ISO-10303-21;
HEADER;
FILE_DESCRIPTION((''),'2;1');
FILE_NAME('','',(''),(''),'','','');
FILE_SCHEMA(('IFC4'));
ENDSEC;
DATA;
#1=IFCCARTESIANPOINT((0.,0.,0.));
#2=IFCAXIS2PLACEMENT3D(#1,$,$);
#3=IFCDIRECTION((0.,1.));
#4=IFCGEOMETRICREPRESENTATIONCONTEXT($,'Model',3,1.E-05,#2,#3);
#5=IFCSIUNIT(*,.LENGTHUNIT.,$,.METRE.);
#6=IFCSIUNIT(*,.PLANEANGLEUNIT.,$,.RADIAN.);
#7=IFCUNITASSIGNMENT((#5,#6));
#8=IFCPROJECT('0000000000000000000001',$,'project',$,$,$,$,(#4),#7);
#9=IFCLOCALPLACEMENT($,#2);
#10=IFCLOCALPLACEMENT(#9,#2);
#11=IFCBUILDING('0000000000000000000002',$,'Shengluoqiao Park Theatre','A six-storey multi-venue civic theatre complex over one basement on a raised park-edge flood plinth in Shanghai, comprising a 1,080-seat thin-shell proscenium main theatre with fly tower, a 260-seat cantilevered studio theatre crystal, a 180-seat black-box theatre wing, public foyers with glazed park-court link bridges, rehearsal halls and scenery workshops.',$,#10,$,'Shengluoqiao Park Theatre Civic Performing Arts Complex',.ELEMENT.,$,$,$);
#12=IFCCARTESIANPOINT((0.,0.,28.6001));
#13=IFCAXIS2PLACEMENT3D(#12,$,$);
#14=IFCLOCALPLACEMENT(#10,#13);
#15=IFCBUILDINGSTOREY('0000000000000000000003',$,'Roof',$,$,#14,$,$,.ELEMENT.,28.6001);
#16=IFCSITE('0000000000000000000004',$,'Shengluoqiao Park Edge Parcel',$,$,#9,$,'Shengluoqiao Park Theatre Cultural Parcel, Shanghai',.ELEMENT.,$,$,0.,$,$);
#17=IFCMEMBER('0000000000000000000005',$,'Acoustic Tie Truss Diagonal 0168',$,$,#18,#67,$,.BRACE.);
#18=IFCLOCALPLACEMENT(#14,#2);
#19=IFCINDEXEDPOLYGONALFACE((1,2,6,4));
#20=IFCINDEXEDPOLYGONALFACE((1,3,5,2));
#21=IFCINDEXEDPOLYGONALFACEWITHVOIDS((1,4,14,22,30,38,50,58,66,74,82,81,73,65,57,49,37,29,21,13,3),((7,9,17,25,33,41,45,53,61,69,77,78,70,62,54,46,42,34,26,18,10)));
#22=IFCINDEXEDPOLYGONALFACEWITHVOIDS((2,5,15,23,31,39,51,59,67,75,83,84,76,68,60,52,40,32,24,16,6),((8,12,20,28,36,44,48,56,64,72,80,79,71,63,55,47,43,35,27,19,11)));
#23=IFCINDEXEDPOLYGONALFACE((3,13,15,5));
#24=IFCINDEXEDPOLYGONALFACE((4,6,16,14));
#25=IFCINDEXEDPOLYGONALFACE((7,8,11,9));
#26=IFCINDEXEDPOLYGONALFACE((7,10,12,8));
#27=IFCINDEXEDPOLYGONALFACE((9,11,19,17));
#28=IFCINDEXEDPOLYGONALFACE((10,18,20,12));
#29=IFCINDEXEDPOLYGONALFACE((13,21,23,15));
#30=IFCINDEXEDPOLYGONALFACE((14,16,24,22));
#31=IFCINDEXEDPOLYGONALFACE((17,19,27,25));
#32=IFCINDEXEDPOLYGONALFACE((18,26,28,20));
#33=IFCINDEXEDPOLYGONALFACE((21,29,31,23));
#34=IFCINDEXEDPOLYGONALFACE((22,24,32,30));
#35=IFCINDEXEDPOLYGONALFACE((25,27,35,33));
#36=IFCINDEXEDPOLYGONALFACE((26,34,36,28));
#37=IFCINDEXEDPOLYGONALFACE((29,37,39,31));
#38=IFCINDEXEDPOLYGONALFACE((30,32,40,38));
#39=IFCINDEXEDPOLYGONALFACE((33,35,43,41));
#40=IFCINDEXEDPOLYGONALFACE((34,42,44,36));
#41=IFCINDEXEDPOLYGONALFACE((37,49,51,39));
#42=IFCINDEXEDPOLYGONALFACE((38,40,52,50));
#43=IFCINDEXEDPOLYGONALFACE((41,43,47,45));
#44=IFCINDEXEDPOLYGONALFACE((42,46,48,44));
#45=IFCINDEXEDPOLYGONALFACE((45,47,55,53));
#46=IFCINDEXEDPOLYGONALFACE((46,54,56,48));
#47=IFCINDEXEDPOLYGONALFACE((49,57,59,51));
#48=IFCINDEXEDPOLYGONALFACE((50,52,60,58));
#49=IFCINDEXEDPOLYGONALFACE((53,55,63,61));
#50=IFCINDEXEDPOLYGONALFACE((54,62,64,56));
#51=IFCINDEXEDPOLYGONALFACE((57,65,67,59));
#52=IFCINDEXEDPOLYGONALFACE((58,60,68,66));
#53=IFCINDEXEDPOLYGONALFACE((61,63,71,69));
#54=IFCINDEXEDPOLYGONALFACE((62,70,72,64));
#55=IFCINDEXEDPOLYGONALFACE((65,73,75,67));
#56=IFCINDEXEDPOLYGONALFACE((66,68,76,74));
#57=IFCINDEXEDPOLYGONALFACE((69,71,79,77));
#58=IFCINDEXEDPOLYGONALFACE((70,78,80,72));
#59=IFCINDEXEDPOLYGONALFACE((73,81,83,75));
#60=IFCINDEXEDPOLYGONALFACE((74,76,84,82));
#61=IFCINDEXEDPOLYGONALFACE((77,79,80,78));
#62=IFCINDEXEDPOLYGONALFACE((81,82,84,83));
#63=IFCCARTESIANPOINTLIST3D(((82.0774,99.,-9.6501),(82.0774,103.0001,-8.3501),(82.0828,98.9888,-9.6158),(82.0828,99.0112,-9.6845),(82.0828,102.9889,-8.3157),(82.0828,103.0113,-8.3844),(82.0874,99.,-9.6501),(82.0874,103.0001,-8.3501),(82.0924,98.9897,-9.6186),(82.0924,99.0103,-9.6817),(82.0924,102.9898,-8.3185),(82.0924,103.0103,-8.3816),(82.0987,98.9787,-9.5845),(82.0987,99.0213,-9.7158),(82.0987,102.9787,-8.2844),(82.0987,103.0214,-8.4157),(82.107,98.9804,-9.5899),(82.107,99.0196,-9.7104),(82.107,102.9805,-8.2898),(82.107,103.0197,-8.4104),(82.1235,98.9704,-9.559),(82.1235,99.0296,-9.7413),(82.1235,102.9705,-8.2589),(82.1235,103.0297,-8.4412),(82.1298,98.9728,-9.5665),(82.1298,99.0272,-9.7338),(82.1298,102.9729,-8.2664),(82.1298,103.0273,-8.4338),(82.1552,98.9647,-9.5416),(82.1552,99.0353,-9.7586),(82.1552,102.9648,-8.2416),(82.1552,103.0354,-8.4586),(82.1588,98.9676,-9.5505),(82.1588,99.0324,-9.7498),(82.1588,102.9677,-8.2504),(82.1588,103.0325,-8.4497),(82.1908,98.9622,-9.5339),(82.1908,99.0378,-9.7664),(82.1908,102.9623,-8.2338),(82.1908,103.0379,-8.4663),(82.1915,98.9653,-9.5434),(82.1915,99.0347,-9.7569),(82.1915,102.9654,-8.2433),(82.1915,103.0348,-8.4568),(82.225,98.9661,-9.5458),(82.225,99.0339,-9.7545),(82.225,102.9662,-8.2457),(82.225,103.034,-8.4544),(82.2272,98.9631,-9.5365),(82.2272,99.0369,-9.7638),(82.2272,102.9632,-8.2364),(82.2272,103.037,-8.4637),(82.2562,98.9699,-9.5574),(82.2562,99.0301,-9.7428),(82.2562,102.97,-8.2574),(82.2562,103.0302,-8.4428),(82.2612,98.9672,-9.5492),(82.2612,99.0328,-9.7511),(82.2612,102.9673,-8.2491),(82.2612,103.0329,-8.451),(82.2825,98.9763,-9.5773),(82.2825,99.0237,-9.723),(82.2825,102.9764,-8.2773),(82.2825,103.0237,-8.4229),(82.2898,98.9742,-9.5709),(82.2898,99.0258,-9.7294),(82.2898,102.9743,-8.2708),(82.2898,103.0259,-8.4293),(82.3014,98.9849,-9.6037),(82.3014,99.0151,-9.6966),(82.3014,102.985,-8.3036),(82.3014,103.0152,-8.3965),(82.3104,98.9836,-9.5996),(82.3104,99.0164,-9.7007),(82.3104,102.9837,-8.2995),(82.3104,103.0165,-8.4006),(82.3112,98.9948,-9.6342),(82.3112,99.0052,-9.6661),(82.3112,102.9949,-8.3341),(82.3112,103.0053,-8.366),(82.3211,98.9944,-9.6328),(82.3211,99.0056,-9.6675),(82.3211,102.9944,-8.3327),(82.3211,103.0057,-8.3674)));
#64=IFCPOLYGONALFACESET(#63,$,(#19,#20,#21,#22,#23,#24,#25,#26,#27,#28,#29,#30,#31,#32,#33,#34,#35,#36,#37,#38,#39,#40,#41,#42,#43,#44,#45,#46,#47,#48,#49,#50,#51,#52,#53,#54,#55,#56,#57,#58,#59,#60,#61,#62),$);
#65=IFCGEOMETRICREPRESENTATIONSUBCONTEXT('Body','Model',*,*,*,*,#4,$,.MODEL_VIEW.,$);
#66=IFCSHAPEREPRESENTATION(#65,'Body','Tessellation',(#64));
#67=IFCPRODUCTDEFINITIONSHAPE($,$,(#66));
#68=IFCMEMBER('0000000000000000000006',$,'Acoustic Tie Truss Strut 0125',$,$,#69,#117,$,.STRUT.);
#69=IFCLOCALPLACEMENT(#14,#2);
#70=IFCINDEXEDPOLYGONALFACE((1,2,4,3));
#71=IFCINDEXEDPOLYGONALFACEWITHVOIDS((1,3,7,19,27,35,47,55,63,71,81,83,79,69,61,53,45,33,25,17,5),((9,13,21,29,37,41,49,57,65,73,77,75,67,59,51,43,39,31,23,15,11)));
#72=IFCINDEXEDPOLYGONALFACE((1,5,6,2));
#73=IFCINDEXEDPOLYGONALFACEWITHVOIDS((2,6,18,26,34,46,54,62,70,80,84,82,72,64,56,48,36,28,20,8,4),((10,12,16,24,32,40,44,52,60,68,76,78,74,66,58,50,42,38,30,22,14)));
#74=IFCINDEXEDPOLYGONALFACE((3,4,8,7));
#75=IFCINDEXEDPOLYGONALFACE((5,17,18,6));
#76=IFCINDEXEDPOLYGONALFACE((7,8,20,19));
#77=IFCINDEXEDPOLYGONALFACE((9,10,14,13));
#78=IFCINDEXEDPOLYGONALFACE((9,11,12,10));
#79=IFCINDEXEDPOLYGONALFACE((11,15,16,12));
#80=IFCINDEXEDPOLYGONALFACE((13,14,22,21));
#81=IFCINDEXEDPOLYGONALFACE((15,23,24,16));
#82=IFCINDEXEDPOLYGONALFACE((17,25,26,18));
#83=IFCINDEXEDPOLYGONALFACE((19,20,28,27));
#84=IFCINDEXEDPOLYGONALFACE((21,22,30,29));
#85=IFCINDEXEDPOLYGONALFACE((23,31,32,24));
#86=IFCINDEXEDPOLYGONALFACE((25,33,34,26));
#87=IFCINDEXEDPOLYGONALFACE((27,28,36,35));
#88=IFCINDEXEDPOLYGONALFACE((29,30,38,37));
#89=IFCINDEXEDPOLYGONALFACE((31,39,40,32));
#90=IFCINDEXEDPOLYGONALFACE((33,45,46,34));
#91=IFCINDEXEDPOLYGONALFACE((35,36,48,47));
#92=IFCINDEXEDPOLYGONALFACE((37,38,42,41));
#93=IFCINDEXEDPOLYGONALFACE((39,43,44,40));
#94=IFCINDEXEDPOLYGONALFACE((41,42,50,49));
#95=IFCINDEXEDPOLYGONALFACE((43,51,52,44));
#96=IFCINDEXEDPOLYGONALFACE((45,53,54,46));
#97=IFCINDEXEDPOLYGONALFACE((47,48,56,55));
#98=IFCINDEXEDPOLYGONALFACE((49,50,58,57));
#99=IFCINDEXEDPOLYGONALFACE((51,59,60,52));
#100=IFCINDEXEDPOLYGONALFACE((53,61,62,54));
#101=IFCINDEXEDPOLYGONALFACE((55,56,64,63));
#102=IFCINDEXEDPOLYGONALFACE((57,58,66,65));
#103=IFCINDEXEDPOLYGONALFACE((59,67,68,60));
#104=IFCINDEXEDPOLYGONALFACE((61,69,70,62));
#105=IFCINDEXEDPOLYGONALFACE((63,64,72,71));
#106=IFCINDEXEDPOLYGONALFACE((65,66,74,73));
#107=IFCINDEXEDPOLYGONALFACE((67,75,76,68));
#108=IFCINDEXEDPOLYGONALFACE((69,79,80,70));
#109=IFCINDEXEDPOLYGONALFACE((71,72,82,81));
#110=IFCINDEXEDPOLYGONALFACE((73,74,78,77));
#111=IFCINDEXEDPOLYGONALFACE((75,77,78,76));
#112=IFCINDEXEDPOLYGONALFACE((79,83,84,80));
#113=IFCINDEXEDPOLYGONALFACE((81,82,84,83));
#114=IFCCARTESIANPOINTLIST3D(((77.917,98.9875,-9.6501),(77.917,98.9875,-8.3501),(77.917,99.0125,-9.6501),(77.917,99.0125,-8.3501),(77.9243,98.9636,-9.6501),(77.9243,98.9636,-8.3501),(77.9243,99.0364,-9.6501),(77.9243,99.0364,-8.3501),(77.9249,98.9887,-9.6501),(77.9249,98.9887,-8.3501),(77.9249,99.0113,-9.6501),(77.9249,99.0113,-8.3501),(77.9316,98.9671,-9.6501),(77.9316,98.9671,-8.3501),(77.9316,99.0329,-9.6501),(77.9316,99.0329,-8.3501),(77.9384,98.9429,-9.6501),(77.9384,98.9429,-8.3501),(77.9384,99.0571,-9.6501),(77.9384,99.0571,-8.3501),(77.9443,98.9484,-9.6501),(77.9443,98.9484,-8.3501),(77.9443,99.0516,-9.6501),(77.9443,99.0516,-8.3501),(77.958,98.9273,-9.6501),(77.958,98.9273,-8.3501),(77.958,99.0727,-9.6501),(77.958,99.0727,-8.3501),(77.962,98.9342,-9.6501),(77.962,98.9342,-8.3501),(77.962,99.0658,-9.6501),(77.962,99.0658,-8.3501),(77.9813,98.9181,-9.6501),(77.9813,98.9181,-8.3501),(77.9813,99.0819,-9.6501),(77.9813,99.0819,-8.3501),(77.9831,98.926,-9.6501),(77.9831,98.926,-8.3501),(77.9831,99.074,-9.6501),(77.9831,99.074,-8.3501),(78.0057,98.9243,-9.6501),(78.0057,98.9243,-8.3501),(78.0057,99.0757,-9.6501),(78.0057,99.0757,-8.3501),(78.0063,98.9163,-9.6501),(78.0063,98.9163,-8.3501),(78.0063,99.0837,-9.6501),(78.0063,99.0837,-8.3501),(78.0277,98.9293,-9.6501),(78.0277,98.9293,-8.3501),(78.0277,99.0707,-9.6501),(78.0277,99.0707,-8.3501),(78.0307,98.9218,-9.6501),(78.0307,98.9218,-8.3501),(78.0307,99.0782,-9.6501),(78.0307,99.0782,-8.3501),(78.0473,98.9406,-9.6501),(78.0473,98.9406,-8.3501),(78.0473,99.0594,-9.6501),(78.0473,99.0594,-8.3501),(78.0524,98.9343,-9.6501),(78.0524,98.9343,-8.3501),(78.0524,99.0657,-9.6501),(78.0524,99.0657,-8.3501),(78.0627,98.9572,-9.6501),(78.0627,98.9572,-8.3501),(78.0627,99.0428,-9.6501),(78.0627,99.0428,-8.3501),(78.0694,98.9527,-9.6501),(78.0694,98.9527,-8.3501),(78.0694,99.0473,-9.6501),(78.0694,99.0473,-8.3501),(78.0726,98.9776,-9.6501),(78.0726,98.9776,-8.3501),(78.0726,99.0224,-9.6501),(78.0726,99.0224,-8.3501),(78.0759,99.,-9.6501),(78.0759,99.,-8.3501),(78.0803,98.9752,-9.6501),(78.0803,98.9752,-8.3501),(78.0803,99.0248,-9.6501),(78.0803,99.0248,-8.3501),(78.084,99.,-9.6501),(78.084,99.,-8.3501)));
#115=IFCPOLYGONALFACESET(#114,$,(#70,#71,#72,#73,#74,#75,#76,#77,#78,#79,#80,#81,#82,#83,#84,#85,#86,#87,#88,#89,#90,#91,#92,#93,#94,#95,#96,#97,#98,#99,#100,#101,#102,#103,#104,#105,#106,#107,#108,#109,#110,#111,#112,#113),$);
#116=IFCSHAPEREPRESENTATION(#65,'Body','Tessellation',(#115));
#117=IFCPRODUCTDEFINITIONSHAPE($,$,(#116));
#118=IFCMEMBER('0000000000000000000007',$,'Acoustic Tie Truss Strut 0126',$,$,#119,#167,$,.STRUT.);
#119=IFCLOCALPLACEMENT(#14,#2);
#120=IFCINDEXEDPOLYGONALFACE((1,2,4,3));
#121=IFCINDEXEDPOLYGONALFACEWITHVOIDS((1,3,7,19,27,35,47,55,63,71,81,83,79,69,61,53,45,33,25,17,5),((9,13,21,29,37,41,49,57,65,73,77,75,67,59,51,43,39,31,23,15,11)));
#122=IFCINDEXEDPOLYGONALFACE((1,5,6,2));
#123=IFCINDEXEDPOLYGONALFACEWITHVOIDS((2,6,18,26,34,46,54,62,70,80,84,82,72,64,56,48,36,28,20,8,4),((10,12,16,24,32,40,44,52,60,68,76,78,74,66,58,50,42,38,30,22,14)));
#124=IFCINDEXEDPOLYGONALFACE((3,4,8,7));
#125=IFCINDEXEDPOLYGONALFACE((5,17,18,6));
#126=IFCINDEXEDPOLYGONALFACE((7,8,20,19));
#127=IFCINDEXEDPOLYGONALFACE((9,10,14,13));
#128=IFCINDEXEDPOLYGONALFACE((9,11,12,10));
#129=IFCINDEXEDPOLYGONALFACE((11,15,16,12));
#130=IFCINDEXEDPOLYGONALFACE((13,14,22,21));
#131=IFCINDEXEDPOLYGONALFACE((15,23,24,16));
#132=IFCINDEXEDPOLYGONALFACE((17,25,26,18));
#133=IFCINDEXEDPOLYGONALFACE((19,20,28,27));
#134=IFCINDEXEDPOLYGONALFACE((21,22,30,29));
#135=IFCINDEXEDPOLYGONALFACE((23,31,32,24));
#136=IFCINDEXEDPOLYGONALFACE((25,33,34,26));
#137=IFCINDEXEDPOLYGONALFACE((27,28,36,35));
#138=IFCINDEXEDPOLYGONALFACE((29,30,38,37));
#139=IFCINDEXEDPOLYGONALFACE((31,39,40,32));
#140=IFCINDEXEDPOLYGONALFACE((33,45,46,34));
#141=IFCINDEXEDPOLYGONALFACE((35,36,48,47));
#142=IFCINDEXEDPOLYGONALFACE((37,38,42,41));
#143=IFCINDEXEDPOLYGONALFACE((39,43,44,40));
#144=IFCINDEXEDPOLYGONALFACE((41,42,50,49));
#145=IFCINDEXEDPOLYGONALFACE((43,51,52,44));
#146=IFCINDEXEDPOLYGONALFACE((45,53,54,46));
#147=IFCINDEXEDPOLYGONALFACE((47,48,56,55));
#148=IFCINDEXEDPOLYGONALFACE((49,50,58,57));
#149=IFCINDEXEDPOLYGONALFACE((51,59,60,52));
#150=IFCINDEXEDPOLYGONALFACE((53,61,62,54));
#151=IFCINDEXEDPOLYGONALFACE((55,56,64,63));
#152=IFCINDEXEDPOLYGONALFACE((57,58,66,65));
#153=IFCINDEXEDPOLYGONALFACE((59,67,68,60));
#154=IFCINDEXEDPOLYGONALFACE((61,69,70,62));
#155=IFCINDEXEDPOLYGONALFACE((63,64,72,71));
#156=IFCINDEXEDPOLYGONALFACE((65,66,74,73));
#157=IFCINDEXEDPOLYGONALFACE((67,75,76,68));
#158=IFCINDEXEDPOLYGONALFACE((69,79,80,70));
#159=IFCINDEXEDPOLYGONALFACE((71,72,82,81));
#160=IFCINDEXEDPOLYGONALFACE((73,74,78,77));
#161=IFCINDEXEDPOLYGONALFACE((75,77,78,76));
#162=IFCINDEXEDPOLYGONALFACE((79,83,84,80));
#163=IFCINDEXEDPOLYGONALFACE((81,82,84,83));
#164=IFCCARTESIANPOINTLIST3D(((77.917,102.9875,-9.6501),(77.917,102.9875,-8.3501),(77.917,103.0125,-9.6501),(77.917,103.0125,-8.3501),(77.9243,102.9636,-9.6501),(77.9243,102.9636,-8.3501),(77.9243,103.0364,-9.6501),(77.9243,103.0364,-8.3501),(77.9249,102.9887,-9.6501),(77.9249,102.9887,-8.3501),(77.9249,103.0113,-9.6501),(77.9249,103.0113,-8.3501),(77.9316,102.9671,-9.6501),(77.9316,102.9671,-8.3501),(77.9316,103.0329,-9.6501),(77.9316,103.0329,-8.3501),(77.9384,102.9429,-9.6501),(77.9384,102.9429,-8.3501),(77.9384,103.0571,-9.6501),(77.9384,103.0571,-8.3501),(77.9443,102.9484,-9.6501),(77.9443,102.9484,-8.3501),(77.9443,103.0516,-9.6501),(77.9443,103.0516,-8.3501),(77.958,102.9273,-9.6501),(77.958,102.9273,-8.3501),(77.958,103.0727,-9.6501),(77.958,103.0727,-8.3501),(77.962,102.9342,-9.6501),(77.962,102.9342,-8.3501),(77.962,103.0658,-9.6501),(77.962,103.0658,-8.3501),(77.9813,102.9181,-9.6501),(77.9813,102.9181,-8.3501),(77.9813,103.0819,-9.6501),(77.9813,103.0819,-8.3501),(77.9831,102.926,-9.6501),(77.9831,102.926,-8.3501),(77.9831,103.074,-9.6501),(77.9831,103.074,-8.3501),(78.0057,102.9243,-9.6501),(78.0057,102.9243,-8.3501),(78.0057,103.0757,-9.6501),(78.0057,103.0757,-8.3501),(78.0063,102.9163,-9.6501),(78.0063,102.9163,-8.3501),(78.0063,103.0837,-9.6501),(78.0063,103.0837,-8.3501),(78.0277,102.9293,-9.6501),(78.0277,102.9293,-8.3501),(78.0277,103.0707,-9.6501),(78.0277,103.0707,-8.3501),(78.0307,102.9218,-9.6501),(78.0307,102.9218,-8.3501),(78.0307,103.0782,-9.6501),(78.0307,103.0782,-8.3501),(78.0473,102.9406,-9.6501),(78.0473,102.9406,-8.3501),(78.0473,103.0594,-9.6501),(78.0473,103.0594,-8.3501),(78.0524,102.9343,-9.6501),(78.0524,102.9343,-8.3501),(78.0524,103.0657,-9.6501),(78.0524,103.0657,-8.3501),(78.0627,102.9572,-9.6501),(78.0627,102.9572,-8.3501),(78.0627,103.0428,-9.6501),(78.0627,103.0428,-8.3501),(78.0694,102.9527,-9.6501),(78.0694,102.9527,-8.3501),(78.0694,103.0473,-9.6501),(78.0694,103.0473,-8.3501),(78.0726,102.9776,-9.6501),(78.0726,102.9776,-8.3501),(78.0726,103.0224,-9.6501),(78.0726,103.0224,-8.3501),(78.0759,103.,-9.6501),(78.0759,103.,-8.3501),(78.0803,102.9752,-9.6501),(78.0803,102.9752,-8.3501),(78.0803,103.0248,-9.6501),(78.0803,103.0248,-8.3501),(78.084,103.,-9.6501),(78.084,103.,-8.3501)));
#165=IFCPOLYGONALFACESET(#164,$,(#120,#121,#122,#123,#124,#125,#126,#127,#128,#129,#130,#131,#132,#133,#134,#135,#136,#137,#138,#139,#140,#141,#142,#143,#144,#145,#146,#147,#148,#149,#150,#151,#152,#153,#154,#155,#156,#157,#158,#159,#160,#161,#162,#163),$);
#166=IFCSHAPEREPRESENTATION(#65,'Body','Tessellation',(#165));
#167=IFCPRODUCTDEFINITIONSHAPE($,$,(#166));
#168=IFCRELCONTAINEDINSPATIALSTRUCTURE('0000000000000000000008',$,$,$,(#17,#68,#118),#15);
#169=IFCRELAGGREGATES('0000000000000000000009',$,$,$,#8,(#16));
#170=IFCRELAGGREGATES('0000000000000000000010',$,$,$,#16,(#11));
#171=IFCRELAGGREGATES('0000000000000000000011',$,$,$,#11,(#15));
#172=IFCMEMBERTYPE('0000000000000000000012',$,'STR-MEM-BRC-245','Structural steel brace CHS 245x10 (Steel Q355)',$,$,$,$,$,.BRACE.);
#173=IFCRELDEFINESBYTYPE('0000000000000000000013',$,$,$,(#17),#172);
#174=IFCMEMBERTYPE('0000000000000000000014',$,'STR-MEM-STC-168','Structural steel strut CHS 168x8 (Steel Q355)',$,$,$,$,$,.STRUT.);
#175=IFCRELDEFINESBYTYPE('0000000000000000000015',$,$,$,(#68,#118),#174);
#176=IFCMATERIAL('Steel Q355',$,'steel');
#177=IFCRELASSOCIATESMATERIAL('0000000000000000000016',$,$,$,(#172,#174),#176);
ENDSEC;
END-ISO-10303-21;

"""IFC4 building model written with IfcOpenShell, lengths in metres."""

from ifc_helpers import new_model, si_unit, direction, frame, origin, origin_2d, place, context, subcontext, project, spatial, hollow_circle, extrude, material, material_profile, profile_set, type_object, element, save


model = new_model("IFC4")

# Units and contexts
model_context = context("Model", 3, precision=1e-05, world=origin(), true_north=direction((0.0, 1.0)))
body_context = subcontext(model_context, "Body", "Model", "MODEL_VIEW")
ifc_project = project(units=[si_unit("LENGTHUNIT", "METRE"), si_unit("PLANEANGLEUNIT", "RADIAN")], contexts=[model_context])

# Site, building, storey
site_placement = place(None, origin())
site = spatial("IfcSite", under=ifc_project, at=site_placement, Name="Shengluoqiao Park Edge Parcel", LongName="Shengluoqiao Park Theatre Cultural Parcel, Shanghai", CompositionType="ELEMENT", RefElevation=0.0)
building_placement = place(site_placement, origin())
building = spatial("IfcBuilding", under=site, at=building_placement, Name="Shengluoqiao Park Theatre", Description="A six-storey multi-venue civic theatre complex over one basement on a raised park-edge flood plinth in Shanghai, comprising a 1,080-seat thin-shell proscenium main theatre with fly tower, a 260-seat cantilevered studio theatre crystal, a 180-seat black-box theatre wing, public foyers with glazed park-court link bridges, rehearsal halls and scenery workshops.", LongName="Shengluoqiao Park Theatre Civic Performing Arts Complex", CompositionType="ELEMENT")
storey_placement = place(building_placement, frame((0.0, 0.0, 28.6001)))
storey = spatial("IfcBuildingStorey", under=building, at=storey_placement, Name="Roof", CompositionType="ELEMENT", Elevation=28.6001)

# Shared definitions
ifc_material = material(Name="Steel Q355", Category="steel")

# Members
ifc_material_profile_1 = material_profile(ifc_material, hollow_circle(Radius=0.1226, WallThickness=0.01, at=origin_2d()), Name="CHS 245x10")
ifc_profile_set_1 = profile_set([ifc_material_profile_1], Name="Steel Q355")
member_type_1 = type_object("IfcMemberType", Name="STR-MEM-BRC-245", Description="Structural steel brace CHS 245x10 (Steel Q355)", PredefinedType="BRACE", material=ifc_profile_set_1)
for number, where, z_axis, x_axis, name in (
    (1, (82.2, 99.0, -9.6501), (0.0, 0.951031, 0.309097), (-1.0, 0.0, 0.0), "Acoustic Tie Truss Diagonal 0168"),
):
    element("IfcMember", number, at=place(storey_placement, frame(where, z_axis=z_axis, x_axis=x_axis)), inside=storey, type_object=member_type_1, Name=name, PredefinedType="BRACE", context=body_context, shape_type="SweptSolid", body=[
        extrude(hollow_circle(Radius=0.1226, WallThickness=0.01, at=origin_2d()), origin(), (0.0, 0.0, 1.0), 4.2061),
    ])
ifc_material_profile_2 = material_profile(ifc_material, hollow_circle(Radius=0.084, WallThickness=0.0081, at=origin_2d()), Name="CHS 168x8")
ifc_profile_set_2 = profile_set([ifc_material_profile_2], Name="Steel Q355")
member_type_2 = type_object("IfcMemberType", Name="STR-MEM-STC-168", Description="Structural steel strut CHS 168x8 (Steel Q355)", PredefinedType="STRUT", material=ifc_profile_set_2)
for number, where, z_axis, x_axis, name in (
    (2, (78.0, 99.0, -9.6501), (0.0, 0.0, 1.0), (1.0, 0.0, 0.0), "Acoustic Tie Truss Strut 0125"),
    (3, (78.0, 103.0, -9.6501), (0.0, 0.0, 1.0), (1.0, 0.0, 0.0), "Acoustic Tie Truss Strut 0126"),
):
    element("IfcMember", number, at=place(storey_placement, frame(where, z_axis=z_axis, x_axis=x_axis)), inside=storey, type_object=member_type_2, Name=name, PredefinedType="STRUT", context=body_context, shape_type="SweptSolid", body=[
        extrude(hollow_circle(Radius=0.084, WallThickness=0.0081, at=origin_2d()), origin(), (0.0, 0.0, 1.0), 1.3),
    ])

save(model, "model.ifc")
